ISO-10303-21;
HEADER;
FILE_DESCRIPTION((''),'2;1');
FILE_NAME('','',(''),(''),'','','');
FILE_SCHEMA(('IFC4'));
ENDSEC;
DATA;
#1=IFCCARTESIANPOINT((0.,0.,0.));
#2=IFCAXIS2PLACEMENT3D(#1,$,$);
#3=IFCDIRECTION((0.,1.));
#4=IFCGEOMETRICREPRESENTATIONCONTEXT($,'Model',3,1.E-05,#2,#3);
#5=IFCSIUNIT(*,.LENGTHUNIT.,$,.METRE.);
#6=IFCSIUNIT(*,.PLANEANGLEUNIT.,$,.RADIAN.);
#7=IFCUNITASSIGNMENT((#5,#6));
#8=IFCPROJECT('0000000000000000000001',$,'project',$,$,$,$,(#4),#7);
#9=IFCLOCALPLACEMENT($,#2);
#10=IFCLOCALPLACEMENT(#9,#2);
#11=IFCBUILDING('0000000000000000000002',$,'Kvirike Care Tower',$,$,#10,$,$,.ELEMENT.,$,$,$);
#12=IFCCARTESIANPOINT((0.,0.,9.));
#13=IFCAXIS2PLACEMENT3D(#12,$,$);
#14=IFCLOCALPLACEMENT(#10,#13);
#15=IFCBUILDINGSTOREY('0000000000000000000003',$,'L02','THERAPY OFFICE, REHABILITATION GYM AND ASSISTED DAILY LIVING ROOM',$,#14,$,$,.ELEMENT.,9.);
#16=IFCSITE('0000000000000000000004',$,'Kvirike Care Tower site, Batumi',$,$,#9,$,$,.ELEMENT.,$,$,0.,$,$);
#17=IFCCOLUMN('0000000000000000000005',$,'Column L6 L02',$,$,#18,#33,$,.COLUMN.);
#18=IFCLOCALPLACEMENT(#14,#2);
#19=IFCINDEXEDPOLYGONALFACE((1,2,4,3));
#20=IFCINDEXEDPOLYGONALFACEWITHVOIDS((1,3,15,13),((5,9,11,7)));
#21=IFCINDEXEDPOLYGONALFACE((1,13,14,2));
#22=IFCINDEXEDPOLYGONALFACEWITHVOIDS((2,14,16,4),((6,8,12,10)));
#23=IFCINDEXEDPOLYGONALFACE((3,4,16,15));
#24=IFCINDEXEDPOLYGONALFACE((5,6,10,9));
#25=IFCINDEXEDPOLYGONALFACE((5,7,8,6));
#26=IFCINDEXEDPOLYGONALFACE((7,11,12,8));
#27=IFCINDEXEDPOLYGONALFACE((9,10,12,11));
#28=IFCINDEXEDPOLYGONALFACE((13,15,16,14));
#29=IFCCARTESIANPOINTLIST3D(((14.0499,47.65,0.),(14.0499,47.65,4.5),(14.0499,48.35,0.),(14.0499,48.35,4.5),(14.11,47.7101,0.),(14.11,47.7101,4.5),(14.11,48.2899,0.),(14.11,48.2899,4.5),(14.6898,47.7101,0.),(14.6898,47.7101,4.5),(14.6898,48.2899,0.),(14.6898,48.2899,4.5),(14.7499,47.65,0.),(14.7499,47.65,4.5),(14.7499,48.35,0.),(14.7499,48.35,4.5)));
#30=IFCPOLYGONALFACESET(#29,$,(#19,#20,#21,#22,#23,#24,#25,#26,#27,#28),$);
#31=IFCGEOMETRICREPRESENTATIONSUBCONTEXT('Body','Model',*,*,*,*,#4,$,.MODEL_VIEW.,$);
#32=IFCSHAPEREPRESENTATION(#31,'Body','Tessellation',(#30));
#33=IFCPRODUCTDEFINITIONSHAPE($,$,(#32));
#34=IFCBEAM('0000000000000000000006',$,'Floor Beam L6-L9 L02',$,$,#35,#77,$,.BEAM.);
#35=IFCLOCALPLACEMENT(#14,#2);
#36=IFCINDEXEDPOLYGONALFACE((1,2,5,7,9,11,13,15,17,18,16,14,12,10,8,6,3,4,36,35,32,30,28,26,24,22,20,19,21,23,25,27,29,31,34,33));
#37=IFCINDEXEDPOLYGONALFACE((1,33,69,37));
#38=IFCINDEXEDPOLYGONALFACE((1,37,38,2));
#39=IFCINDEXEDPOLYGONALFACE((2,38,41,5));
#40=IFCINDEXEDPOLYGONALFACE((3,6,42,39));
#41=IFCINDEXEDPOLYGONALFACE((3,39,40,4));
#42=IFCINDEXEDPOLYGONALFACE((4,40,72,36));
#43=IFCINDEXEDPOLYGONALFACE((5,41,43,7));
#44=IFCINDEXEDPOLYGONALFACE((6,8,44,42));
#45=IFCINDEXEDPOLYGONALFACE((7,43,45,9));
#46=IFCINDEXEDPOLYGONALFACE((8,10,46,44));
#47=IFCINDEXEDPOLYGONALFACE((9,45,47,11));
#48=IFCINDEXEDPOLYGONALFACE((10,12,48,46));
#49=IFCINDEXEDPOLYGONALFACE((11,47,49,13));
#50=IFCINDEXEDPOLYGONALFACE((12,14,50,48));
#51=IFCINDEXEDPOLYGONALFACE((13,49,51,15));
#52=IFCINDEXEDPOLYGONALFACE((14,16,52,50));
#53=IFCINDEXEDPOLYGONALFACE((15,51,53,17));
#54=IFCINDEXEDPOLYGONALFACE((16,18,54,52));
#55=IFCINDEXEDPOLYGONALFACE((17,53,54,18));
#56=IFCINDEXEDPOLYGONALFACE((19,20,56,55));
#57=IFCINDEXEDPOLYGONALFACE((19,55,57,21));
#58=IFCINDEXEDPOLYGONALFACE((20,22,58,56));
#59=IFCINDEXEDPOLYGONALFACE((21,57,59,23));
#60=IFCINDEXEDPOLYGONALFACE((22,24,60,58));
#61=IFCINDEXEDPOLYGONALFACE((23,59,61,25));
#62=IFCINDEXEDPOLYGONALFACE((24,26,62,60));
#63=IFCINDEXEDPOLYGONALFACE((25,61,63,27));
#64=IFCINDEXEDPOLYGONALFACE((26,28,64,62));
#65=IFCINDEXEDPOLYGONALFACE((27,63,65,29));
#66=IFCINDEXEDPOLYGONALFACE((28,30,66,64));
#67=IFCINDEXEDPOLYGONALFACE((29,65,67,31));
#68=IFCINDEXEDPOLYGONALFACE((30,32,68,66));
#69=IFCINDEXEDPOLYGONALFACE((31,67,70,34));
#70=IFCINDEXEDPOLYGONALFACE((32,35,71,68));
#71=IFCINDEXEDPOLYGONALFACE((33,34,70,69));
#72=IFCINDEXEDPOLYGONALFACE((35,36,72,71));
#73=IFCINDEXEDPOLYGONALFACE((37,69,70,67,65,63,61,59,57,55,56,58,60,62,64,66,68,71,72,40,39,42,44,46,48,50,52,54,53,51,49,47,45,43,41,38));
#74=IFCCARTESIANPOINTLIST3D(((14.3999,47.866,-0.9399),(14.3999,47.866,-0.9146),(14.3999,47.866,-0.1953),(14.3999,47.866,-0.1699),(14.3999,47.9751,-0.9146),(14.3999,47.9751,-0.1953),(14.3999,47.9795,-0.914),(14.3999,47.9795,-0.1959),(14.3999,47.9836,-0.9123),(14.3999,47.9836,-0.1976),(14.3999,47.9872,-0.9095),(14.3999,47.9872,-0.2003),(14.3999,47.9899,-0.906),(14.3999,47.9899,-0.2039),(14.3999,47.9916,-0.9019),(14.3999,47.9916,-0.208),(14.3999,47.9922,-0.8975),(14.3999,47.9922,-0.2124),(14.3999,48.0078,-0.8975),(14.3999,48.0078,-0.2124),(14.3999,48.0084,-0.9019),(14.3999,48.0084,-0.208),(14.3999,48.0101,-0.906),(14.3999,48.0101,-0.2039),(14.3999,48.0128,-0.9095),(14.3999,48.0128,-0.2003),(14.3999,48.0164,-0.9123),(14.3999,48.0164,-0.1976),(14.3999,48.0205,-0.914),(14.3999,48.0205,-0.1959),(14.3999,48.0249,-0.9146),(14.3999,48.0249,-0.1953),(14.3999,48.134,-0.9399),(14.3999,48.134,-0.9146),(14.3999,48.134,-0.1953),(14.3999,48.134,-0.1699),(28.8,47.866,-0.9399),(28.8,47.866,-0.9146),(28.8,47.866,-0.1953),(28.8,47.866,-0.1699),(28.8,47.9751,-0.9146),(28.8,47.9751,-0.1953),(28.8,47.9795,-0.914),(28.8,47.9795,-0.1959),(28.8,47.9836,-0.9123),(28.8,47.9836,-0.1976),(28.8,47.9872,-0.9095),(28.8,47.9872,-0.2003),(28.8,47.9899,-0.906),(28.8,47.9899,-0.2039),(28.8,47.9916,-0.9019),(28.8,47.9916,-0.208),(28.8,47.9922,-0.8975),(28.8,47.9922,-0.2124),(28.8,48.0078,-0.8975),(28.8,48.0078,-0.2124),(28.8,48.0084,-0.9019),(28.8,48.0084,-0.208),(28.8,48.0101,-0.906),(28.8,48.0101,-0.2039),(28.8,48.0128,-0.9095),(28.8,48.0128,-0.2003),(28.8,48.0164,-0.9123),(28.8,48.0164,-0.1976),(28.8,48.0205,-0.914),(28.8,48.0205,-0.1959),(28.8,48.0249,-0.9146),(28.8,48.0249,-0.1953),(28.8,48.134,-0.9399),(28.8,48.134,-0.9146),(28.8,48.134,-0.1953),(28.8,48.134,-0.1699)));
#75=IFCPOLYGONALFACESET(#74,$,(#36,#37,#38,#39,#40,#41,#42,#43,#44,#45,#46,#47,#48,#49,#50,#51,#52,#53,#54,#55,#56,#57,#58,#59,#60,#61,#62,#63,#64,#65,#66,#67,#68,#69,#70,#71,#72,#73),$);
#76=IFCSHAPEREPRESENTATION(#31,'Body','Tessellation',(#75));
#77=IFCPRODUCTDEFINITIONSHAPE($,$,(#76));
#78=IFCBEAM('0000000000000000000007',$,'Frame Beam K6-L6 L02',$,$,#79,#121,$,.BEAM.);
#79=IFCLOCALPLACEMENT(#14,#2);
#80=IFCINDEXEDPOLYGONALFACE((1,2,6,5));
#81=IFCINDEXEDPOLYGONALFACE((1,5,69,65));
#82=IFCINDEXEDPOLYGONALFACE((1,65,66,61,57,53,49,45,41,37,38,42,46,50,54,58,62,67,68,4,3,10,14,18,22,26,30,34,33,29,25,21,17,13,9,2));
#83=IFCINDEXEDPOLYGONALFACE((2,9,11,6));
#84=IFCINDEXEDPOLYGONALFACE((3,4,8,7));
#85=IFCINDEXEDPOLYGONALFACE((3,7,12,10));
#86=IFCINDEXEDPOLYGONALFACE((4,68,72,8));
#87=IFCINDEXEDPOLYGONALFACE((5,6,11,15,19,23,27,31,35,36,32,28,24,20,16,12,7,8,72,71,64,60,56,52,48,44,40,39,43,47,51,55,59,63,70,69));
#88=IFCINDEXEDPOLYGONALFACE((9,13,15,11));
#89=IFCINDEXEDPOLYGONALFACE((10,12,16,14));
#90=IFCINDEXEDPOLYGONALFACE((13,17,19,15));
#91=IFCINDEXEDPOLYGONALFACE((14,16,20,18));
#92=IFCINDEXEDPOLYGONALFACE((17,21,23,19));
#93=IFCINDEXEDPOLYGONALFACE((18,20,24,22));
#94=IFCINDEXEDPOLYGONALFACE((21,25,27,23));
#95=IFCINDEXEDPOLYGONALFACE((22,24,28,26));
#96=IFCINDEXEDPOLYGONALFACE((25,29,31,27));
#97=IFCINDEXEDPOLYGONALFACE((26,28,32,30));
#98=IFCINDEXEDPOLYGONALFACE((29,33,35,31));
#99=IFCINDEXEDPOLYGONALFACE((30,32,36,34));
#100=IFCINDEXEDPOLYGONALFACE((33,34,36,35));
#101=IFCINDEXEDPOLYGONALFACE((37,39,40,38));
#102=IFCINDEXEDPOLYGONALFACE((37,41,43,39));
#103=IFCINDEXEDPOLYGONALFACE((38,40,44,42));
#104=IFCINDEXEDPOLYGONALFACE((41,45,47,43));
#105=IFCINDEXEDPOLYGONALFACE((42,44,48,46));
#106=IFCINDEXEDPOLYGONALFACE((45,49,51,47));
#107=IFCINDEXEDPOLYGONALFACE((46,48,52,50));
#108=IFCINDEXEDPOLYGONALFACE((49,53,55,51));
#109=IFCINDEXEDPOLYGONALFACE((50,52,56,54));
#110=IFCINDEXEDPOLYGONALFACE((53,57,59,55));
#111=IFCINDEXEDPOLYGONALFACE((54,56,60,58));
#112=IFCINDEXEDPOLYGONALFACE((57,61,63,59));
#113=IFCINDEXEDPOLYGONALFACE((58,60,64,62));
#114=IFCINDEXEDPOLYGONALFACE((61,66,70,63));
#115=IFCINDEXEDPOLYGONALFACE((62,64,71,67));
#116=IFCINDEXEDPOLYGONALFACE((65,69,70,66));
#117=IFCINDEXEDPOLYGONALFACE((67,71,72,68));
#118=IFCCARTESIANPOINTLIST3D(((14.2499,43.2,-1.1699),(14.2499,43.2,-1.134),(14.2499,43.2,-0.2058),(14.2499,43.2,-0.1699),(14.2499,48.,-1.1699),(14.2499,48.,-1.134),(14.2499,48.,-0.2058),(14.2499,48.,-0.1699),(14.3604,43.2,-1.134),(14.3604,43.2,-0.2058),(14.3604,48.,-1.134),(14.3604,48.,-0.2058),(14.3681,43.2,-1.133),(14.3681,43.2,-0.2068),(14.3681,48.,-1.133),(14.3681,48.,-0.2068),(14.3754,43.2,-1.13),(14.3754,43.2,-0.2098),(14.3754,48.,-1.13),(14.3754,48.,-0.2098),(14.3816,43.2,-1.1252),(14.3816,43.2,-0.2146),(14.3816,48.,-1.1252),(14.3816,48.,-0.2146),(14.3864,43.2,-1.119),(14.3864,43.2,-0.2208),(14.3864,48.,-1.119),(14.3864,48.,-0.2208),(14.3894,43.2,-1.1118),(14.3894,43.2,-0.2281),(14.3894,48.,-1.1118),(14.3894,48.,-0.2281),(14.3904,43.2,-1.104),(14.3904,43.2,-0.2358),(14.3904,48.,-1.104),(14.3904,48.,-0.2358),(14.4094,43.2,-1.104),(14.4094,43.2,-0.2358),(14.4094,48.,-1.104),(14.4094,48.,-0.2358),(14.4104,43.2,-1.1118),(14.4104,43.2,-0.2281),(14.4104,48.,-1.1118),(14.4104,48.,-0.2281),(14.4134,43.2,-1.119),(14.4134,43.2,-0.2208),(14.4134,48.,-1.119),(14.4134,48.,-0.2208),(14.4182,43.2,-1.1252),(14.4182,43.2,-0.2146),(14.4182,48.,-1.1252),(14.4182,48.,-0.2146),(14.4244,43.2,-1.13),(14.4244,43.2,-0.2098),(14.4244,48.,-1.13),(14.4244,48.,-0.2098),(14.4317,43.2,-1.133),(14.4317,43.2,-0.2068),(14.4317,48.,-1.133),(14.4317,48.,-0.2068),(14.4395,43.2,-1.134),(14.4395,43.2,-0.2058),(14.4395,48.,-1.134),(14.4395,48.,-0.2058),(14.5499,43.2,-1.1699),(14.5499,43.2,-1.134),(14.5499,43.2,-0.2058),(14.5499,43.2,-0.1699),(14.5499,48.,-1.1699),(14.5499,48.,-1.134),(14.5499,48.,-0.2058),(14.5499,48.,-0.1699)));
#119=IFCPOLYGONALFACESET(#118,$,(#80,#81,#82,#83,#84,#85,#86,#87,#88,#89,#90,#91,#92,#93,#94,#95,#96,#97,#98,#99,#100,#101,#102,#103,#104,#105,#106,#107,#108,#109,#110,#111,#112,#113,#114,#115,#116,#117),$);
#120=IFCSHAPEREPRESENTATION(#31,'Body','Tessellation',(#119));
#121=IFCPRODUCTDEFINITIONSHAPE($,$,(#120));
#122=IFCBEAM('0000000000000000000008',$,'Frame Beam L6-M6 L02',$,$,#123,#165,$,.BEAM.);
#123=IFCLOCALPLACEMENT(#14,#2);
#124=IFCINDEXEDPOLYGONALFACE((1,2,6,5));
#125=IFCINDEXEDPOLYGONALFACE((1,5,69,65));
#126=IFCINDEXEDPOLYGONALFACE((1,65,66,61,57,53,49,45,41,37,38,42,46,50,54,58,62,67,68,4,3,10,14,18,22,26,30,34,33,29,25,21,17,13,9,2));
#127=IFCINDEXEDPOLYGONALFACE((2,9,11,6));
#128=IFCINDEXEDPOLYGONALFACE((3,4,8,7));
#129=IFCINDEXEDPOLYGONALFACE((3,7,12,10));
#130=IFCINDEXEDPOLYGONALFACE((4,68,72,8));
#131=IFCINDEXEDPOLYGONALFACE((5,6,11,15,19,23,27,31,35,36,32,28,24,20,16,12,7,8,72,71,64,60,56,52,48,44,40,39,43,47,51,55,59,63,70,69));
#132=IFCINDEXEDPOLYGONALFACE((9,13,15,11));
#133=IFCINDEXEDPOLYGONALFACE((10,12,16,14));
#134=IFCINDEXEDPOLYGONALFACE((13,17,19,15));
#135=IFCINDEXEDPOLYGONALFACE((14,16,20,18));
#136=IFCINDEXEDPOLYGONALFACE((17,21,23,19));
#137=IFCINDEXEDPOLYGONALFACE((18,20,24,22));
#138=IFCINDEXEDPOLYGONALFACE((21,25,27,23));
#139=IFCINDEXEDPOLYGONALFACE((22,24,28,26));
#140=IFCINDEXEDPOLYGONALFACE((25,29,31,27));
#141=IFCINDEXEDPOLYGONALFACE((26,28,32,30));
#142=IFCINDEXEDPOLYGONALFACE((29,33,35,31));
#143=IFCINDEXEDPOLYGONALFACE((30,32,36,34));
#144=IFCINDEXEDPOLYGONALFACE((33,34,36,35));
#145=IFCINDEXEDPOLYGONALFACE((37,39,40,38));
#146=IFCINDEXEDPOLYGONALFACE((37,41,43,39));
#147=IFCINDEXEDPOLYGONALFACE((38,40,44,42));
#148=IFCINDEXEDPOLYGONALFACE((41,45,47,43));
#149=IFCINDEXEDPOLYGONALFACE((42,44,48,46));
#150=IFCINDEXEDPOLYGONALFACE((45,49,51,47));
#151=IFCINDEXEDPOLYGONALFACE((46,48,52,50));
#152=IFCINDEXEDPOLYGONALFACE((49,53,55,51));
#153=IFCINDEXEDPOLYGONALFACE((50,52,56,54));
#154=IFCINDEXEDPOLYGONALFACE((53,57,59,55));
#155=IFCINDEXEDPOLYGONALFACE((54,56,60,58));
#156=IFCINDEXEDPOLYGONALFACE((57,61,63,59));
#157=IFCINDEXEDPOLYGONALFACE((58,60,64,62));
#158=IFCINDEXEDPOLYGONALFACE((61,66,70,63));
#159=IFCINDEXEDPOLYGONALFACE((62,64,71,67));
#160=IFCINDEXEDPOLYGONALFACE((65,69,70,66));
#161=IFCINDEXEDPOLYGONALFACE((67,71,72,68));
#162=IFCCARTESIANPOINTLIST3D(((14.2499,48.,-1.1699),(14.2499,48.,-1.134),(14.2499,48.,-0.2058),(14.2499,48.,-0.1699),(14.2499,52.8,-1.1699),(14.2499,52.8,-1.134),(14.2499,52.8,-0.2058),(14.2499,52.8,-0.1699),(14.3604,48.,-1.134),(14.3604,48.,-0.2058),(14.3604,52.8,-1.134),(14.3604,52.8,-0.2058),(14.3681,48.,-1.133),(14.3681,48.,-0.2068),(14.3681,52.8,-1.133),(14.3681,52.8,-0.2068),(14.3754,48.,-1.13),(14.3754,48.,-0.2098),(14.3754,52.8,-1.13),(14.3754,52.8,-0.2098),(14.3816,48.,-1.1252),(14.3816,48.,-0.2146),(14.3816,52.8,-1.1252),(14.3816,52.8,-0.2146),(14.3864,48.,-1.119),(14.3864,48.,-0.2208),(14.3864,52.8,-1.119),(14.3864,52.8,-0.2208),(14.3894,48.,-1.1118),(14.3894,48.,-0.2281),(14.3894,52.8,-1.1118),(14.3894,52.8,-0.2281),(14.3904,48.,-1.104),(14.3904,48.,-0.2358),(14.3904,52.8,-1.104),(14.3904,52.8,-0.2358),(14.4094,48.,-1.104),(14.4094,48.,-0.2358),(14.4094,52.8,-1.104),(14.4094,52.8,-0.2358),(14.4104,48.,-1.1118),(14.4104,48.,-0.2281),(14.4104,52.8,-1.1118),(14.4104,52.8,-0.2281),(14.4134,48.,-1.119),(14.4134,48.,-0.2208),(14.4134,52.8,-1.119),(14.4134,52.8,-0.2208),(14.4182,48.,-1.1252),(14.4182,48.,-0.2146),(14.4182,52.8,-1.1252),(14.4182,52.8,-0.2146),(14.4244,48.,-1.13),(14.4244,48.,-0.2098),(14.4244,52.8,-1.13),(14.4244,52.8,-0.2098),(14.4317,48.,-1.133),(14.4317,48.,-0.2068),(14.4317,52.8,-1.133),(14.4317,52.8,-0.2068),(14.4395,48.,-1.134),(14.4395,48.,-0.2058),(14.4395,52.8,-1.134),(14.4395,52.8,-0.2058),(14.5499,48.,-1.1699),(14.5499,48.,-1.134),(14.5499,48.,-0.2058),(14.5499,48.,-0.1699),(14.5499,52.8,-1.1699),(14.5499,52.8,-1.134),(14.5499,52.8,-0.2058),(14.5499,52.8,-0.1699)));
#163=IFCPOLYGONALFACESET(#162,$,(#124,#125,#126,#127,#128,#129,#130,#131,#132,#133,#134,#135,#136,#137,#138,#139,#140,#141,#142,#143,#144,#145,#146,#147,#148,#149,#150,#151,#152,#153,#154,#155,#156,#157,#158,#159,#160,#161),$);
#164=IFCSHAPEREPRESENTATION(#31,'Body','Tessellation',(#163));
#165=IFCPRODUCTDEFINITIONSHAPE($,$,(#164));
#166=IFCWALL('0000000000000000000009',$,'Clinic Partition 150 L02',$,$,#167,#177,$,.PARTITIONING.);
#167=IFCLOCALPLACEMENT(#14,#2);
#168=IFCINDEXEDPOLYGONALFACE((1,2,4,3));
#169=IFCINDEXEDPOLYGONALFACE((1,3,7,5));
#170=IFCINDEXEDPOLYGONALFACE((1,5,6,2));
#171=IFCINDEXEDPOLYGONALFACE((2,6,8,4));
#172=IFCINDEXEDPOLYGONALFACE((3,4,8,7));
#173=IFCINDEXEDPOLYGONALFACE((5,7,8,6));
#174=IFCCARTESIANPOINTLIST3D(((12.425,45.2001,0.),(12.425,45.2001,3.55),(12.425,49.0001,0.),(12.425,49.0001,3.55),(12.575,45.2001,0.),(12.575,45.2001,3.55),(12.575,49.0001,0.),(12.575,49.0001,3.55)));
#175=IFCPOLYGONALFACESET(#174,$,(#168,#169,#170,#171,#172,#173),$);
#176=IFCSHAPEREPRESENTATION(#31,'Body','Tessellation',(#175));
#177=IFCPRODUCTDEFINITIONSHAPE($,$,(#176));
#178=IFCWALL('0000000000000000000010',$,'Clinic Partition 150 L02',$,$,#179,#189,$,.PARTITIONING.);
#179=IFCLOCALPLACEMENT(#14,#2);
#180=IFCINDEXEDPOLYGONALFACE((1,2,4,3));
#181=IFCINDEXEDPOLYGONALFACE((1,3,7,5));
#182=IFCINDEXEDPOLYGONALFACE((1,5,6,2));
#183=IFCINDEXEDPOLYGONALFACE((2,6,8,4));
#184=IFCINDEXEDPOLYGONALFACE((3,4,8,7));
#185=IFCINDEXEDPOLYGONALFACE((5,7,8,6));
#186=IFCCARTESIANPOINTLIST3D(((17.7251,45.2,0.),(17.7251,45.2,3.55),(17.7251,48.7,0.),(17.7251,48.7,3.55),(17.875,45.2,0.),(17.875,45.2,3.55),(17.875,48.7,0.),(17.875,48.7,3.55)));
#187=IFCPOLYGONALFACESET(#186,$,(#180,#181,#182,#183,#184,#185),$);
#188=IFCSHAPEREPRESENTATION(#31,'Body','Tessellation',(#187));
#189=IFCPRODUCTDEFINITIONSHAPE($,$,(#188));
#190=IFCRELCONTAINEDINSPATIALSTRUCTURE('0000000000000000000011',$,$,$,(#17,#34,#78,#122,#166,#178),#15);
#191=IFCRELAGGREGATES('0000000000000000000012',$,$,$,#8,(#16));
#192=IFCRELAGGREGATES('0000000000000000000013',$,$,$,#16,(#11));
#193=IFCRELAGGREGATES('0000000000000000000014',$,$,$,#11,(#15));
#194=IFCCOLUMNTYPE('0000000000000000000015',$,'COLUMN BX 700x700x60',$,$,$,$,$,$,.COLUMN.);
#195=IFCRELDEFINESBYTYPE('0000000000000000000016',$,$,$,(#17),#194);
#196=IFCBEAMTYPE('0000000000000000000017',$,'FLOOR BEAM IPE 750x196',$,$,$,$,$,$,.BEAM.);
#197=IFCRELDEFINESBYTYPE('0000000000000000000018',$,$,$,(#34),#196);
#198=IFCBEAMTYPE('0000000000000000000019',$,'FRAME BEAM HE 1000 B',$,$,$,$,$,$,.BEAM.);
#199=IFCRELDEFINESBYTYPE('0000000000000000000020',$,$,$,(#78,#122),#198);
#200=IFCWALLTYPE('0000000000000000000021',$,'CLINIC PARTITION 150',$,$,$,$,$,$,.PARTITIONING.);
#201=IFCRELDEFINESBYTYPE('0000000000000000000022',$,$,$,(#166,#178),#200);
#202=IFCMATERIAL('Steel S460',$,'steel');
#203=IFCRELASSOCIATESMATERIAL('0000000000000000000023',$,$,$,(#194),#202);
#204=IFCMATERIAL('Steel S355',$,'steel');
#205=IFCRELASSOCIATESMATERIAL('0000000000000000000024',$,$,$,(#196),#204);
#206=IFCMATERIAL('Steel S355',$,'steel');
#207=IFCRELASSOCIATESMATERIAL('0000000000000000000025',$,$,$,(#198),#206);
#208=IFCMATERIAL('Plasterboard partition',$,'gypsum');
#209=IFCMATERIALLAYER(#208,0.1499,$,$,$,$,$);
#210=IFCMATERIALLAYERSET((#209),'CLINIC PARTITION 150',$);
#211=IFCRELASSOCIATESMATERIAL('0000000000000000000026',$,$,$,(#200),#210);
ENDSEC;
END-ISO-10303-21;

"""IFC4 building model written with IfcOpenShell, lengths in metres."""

from ifc_helpers import new_model, si_unit, direction, frame, frame_2d, origin, origin_2d, place, context, subcontext, project, spatial, rectangle, hollow_rectangle, i_section, extrude, material, layer, layer_set, material_profile, profile_set, type_object, element, save


model = new_model("IFC4")

# Units and contexts
model_context = context("Model", 3, precision=1e-05, world=origin(), true_north=direction((0.0, 1.0)))
body_context = subcontext(model_context, "Body", "Model", "MODEL_VIEW")
ifc_project = project(units=[si_unit("LENGTHUNIT", "METRE"), si_unit("PLANEANGLEUNIT", "RADIAN")], contexts=[model_context])

# Site, building, storey
site_placement = place(None, origin())
site = spatial("IfcSite", under=ifc_project, at=site_placement, Name="Kvirike Care Tower site, Batumi", CompositionType="ELEMENT", RefElevation=0.0)
building_placement = place(site_placement, origin())
building = spatial("IfcBuilding", under=site, at=building_placement, Name="Kvirike Care Tower", CompositionType="ELEMENT")
storey_placement = place(building_placement, frame((0.0, 0.0, 9.0)))
storey = spatial("IfcBuildingStorey", under=building, at=storey_placement, Name="L02", Description="THERAPY OFFICE, REHABILITATION GYM AND ASSISTED DAILY LIVING ROOM", CompositionType="ELEMENT", Elevation=9.0)

# Column
ifc_material_1 = material(Name="Steel S460", Category="steel")
ifc_material_profile_1 = material_profile(ifc_material_1, hollow_rectangle(XDim=0.7, YDim=0.7, WallThickness=0.0601, at=origin_2d()), Name="BX 700x700x60")
ifc_profile_set_1 = profile_set([ifc_material_profile_1], Name="Steel S460")
column_type = type_object("IfcColumnType", Name="COLUMN BX 700x700x60", PredefinedType="COLUMN", material=ifc_profile_set_1)
column_placement = place(storey_placement, frame((14.3999, 48.0, 0.0), z_axis=(0.0, 0.0, 1.0), x_axis=(1.0, 0.0, 0.0)))
element("IfcColumn", 1, at=column_placement, inside=storey, type_object=column_type, Name="Column L6 L02", PredefinedType="COLUMN", context=body_context, shape_type="SweptSolid", body=[
    extrude(hollow_rectangle(XDim=0.7, YDim=0.7, WallThickness=0.0601, at=origin_2d()), origin(), (0.0, 0.0, 1.0), 4.5),
])

# Beams
ifc_material_2 = material(Name="Steel S355", Category="steel")
ifc_material_profile_2 = material_profile(ifc_material_2, i_section(OverallWidth=0.2681, OverallDepth=0.77, WebThickness=0.0156, FlangeThickness=0.0254, FilletRadius=0.0171, at=origin_2d()), Name="IPE 750x196")
ifc_profile_set_2 = profile_set([ifc_material_profile_2], Name="Steel S355")
beam_type_1 = type_object("IfcBeamType", Name="FLOOR BEAM IPE 750x196", PredefinedType="BEAM", material=ifc_profile_set_2)
beam_placement = place(storey_placement, frame((14.3999, 48.0, -0.5549), z_axis=(1.0, 0.0, 0.0), x_axis=(0.0, 1.0, 0.0)))
element("IfcBeam", 2, at=beam_placement, inside=storey, type_object=beam_type_1, Name="Floor Beam L6-L9 L02", PredefinedType="BEAM", context=body_context, shape_type="SweptSolid", body=[
    extrude(i_section(OverallWidth=0.2681, OverallDepth=0.77, WebThickness=0.0156, FlangeThickness=0.0254, FilletRadius=0.0171, at=origin_2d()), origin(), (0.0, 0.0, 1.0), 14.4001),
])
ifc_material_3 = material(Name="Steel S355", Category="steel")
ifc_material_profile_3 = material_profile(ifc_material_3, i_section(OverallWidth=0.3, OverallDepth=1.0, WebThickness=0.019, FlangeThickness=0.0359, FilletRadius=0.03, at=origin_2d()), Name="HE 1000 B")
ifc_profile_set_3 = profile_set([ifc_material_profile_3], Name="Steel S355")
beam_type_2 = type_object("IfcBeamType", Name="FRAME BEAM HE 1000 B", PredefinedType="BEAM", material=ifc_profile_set_3)
for number, where, z_axis, x_axis, name in (
    (3, (14.3999, 43.2, -0.6699), (0.0, 1.0, 0.0), (-1.0, 0.0, 0.0), "Frame Beam K6-L6 L02"),
    (4, (14.3999, 48.0, -0.6699), (0.0, 1.0, 0.0), (-1.0, 0.0, 0.0), "Frame Beam L6-M6 L02"),
):
    element("IfcBeam", number, at=place(storey_placement, frame(where, z_axis=z_axis, x_axis=x_axis)), inside=storey, type_object=beam_type_2, Name=name, PredefinedType="BEAM", context=body_context, shape_type="SweptSolid", body=[
        extrude(i_section(OverallWidth=0.3, OverallDepth=1.0, WebThickness=0.019, FlangeThickness=0.0359, FilletRadius=0.03, at=origin_2d()), origin(), (0.0, 0.0, 1.0), 4.8),
    ])

# Walls
ifc_material_4 = material(Name="Plasterboard partition", Category="gypsum")
ifc_layer_1 = layer(ifc_material_4, 0.1499)
ifc_layer_set_1 = layer_set([ifc_layer_1], Name="CLINIC PARTITION 150")
wall_type_1 = type_object("IfcWallType", Name="CLINIC PARTITION 150", PredefinedType="PARTITIONING", material=ifc_layer_set_1)
wall_1_placement = place(storey_placement, frame((12.5, 49.0, 0.0), z_axis=(0.0, 0.0, 1.0), x_axis=(0.0, -1.0, 0.0)))
element("IfcWall", 5, at=wall_1_placement, inside=storey, type_object=wall_type_1, Name="Clinic Partition 150 L02", PredefinedType="PARTITIONING", context=body_context, shape_type="SweptSolid", body=[
    extrude(rectangle(XDim=3.8, YDim=0.1499, at=frame_2d((1.8999, 0.0))), origin(), (0.0, 0.0, 1.0), 3.55),
])
wall_2_placement = place(storey_placement, frame((17.8, 48.7, 0.0), z_axis=(0.0, 0.0, 1.0), x_axis=(0.0, -1.0, 0.0)))
element("IfcWall", 6, at=wall_2_placement, inside=storey, type_object=wall_type_1, Name="Clinic Partition 150 L02", PredefinedType="PARTITIONING", context=body_context, shape_type="SweptSolid", body=[
    extrude(rectangle(XDim=3.5, YDim=0.1499, at=frame_2d((1.75, 0.0))), origin(), (0.0, 0.0, 1.0), 3.55),
])

save(model, "model.ifc")
